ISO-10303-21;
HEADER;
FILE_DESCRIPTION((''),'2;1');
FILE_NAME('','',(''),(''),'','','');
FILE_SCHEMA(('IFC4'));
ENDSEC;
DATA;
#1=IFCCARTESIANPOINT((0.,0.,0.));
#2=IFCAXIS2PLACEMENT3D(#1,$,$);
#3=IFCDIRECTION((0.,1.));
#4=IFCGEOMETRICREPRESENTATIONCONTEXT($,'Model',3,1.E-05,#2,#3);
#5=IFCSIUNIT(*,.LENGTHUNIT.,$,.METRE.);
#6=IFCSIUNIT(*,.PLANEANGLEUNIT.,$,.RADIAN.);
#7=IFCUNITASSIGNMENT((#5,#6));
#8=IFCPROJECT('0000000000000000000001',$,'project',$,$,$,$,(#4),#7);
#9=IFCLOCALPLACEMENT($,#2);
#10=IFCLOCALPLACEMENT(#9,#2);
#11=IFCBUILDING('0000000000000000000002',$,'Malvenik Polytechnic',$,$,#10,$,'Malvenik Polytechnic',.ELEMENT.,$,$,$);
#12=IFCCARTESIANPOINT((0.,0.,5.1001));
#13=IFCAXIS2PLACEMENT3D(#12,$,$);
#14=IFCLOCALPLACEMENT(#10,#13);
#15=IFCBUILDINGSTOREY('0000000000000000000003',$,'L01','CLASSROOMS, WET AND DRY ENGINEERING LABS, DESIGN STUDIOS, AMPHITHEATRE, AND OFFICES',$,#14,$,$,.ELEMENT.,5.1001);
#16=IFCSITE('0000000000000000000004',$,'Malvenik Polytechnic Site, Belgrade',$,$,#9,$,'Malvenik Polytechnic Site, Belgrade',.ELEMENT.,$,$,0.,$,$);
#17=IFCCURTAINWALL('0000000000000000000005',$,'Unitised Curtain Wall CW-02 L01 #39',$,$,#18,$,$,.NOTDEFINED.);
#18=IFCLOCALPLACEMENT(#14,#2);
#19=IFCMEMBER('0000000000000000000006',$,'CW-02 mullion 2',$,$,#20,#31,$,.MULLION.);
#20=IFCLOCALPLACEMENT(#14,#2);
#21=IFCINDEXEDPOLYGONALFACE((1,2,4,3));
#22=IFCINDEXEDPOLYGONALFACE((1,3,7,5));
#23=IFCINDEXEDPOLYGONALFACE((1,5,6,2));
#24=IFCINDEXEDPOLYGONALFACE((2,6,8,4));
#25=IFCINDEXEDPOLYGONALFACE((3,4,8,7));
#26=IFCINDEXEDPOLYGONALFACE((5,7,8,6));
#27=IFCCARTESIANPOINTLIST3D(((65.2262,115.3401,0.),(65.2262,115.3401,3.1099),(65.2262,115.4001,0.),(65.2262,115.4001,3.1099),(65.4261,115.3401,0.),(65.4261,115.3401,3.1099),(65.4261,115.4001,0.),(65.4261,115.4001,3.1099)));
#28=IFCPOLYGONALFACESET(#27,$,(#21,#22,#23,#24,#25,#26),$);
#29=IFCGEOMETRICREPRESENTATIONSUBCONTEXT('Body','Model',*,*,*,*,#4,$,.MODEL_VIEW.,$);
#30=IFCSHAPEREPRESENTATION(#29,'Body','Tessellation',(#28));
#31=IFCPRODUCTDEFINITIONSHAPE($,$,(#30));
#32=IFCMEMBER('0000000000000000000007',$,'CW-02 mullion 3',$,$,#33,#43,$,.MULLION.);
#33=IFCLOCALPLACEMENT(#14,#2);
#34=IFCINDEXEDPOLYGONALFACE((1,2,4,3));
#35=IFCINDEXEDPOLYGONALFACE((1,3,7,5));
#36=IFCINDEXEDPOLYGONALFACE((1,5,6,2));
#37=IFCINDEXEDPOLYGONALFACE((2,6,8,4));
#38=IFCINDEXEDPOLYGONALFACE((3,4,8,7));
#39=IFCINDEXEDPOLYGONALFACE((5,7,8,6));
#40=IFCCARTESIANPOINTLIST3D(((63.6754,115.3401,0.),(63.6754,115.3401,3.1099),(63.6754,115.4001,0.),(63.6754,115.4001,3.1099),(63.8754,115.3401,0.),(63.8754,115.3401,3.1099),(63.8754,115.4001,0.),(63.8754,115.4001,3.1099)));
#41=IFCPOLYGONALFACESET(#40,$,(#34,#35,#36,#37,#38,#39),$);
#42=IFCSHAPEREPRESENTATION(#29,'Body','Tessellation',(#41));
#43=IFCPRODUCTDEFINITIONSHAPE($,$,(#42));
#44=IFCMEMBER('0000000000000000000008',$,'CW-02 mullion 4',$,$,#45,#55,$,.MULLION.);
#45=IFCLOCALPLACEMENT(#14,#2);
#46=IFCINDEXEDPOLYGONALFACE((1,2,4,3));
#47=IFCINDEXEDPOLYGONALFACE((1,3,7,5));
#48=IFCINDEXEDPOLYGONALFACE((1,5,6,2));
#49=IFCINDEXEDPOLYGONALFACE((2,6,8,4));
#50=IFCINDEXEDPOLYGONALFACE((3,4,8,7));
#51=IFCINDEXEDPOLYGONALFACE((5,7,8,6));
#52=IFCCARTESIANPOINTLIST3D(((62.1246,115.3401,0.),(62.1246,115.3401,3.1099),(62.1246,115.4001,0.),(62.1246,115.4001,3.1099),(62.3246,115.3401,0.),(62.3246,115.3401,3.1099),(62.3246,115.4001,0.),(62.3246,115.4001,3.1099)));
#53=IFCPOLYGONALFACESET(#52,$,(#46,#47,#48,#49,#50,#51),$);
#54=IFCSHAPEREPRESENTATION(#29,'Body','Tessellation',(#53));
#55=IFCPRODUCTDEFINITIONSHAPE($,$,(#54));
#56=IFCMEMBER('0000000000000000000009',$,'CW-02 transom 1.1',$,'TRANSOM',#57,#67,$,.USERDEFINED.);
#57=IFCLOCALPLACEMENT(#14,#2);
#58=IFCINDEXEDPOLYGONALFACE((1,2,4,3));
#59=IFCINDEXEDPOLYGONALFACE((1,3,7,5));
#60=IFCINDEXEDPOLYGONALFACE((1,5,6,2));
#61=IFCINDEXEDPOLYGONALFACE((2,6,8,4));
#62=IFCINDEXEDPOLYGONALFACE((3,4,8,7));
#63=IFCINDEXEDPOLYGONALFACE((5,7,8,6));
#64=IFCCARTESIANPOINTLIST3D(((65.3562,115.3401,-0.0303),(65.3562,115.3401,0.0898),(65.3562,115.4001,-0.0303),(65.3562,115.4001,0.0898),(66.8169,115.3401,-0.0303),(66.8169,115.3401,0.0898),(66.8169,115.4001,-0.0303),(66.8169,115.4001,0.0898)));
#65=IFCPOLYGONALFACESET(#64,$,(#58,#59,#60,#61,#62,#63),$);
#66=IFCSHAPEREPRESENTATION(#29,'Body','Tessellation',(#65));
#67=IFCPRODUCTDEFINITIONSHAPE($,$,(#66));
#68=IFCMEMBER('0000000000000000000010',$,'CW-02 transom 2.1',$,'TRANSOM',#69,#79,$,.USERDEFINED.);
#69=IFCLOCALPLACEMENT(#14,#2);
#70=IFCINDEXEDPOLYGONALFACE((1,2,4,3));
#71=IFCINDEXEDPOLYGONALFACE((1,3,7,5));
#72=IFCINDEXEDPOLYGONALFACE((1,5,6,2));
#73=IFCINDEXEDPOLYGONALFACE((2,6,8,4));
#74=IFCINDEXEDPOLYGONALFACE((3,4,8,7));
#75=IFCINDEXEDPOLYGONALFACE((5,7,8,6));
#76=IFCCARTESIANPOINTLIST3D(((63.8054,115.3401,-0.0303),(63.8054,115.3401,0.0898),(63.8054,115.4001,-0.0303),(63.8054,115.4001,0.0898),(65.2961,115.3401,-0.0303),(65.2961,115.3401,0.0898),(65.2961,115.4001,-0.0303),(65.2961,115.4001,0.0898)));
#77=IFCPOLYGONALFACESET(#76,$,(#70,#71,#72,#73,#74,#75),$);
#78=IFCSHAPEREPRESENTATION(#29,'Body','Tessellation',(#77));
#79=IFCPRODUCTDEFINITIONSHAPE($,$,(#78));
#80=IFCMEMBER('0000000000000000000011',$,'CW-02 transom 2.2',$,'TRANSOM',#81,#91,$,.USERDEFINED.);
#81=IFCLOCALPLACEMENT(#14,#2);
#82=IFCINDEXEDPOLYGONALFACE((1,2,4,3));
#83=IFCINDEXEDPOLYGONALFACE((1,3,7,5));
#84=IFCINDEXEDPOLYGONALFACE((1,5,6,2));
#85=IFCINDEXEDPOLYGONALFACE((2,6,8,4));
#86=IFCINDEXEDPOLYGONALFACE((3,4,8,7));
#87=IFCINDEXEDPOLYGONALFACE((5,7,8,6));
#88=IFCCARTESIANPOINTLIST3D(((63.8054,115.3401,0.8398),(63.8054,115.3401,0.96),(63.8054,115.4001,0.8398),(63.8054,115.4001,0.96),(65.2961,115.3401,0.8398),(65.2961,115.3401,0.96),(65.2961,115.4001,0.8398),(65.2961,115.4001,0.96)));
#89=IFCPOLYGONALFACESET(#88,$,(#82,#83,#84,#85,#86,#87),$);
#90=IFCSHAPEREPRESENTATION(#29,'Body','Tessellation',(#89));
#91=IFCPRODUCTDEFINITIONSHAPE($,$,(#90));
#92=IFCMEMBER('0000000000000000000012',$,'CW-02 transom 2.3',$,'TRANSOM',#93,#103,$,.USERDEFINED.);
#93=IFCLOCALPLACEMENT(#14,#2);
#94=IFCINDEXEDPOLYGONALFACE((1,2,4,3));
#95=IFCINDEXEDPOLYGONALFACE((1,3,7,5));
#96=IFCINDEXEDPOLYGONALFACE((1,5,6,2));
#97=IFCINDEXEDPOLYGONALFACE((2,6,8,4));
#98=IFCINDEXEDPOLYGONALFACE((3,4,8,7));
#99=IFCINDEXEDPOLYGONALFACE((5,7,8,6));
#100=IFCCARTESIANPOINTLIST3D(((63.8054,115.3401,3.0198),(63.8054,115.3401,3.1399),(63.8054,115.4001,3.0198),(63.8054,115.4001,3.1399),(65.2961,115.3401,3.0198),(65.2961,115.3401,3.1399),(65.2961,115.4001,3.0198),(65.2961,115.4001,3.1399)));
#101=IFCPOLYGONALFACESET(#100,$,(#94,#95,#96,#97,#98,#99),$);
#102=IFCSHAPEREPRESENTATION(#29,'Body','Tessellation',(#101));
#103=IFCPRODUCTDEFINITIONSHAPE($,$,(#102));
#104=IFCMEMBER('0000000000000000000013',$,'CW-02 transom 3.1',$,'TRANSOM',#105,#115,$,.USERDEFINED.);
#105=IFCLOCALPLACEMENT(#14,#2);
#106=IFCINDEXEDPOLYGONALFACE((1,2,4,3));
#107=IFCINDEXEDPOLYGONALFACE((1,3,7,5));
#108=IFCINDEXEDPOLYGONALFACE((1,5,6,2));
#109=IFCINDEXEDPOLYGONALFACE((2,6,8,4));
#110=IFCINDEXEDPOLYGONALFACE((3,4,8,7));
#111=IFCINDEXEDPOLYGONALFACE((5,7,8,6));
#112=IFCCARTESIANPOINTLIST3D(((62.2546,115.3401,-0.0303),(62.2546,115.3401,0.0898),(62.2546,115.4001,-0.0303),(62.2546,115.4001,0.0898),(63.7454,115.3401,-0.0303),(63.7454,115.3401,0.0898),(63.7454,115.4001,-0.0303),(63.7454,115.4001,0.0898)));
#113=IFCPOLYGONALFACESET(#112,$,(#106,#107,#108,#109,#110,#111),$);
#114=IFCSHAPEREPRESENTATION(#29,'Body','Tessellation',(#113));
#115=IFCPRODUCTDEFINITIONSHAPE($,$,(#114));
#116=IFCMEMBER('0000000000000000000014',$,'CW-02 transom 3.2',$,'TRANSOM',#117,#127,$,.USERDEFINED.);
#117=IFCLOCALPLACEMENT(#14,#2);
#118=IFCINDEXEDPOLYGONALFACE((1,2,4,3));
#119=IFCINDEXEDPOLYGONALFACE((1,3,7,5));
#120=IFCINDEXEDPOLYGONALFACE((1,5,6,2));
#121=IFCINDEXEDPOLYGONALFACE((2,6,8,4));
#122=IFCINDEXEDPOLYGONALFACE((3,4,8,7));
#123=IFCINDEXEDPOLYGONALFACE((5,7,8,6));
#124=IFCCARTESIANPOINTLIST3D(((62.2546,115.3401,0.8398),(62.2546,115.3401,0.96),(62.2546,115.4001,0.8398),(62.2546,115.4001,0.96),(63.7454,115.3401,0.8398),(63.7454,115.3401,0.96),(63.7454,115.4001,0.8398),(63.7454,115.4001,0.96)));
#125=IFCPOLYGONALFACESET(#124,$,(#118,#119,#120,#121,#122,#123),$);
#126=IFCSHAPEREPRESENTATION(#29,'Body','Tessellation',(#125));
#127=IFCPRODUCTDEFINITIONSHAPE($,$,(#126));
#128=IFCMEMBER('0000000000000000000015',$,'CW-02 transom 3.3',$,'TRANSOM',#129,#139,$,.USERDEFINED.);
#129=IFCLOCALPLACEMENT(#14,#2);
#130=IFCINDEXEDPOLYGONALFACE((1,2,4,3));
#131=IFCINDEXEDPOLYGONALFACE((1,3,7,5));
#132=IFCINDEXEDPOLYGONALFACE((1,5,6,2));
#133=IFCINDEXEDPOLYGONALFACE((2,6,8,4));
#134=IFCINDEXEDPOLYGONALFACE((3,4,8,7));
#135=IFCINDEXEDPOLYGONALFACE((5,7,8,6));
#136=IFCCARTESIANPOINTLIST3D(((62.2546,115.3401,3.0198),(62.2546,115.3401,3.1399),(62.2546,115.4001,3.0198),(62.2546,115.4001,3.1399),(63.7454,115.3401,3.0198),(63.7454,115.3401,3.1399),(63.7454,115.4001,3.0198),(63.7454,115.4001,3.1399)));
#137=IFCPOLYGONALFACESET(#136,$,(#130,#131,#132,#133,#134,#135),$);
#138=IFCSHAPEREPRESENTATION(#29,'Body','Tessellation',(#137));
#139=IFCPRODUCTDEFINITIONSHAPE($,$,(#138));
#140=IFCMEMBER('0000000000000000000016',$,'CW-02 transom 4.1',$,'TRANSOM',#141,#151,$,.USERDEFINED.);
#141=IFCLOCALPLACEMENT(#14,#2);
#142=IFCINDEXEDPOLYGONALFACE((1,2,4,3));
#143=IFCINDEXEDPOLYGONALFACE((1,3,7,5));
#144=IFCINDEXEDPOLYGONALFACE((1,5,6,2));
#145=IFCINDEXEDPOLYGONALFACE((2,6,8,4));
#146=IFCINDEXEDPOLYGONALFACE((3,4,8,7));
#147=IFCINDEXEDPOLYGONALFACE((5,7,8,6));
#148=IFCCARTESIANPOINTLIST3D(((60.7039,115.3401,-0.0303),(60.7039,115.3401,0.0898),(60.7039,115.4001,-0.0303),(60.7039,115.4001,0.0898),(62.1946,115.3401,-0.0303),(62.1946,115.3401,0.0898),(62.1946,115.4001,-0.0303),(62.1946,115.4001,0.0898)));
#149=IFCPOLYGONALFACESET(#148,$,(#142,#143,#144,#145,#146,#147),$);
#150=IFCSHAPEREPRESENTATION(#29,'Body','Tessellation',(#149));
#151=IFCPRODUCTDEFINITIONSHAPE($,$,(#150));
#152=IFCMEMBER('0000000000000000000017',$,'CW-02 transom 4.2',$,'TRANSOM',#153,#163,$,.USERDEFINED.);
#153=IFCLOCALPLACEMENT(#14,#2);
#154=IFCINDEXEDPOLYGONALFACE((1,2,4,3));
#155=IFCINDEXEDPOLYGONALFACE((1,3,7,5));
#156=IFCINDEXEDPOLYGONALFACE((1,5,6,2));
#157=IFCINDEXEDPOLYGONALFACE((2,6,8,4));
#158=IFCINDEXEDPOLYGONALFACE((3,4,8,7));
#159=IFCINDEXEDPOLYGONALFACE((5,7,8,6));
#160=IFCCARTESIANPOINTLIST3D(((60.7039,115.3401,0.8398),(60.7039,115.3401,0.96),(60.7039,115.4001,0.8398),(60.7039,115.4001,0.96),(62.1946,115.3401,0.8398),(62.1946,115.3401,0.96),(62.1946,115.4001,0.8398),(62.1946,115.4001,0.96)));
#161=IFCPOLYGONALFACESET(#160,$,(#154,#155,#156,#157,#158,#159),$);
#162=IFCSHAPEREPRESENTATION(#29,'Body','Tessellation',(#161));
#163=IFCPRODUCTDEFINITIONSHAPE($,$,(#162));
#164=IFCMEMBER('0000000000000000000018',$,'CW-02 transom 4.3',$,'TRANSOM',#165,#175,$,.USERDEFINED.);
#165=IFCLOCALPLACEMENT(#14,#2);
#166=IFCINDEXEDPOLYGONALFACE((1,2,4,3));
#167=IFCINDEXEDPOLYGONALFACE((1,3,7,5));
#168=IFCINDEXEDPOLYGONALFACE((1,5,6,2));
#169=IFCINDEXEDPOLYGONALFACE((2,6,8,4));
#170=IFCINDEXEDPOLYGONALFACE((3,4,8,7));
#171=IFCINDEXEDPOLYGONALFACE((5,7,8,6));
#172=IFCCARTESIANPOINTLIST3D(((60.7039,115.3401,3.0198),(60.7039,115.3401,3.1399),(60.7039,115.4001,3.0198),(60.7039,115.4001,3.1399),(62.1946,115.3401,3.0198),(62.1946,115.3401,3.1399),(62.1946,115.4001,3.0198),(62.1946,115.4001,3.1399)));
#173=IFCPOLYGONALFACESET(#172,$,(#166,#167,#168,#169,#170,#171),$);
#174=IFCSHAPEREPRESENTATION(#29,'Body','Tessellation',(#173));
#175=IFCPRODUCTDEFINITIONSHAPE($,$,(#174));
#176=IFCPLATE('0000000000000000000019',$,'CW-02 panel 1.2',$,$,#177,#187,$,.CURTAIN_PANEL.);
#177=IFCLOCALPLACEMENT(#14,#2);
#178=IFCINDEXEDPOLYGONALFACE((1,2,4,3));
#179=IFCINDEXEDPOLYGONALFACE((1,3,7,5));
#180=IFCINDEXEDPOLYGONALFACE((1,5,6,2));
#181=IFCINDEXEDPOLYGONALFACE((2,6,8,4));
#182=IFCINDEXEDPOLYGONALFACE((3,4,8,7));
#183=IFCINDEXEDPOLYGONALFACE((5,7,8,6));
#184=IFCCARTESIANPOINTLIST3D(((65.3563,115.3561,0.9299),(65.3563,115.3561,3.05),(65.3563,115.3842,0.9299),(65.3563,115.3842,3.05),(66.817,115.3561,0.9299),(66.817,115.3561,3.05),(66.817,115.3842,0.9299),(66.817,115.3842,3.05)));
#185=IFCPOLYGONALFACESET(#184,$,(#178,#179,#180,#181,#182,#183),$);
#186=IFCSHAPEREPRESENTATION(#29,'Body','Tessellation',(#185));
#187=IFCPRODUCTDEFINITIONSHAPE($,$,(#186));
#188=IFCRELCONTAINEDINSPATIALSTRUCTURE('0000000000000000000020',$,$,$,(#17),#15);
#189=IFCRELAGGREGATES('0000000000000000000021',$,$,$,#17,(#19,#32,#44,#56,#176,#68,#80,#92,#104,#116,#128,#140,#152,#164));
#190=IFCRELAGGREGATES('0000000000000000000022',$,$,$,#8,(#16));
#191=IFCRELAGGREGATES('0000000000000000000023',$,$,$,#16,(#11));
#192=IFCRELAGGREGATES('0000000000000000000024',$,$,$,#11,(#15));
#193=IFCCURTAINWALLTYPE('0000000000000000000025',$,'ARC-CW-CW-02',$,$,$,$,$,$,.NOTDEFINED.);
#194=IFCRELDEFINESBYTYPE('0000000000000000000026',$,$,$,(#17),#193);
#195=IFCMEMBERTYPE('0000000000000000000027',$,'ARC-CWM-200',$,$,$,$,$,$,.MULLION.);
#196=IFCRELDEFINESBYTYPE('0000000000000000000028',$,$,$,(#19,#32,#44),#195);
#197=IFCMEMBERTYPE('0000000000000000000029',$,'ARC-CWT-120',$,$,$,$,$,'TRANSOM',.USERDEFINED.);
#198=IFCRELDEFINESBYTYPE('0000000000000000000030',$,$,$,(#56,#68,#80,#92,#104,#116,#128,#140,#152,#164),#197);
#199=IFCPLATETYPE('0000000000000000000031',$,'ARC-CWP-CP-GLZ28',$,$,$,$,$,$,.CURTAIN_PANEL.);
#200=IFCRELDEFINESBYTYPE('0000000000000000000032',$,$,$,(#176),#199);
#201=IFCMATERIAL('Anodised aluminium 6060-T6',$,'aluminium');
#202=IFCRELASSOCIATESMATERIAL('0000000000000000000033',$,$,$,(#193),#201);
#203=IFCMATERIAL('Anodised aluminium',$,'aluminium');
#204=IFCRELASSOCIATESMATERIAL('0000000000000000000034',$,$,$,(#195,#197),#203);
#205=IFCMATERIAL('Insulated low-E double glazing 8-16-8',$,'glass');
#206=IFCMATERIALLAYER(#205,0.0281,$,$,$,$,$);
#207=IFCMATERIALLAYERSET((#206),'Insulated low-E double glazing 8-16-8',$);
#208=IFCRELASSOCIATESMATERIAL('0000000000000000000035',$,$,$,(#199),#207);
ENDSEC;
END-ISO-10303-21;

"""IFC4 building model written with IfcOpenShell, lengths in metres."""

from ifc_helpers import new_model, si_unit, direction, frame, origin, origin_2d, place, context, subcontext, project, spatial, rectangle, extrude, material, layer, layer_set, material_profile, profile_set, type_object, element, aggregate, save


model = new_model("IFC4")

# Units and contexts
model_context = context("Model", 3, precision=1e-05, world=origin(), true_north=direction((0.0, 1.0)))
body_context = subcontext(model_context, "Body", "Model", "MODEL_VIEW")
ifc_project = project(units=[si_unit("LENGTHUNIT", "METRE"), si_unit("PLANEANGLEUNIT", "RADIAN")], contexts=[model_context])

# Site, building, storey
site_placement = place(None, origin())
site = spatial("IfcSite", under=ifc_project, at=site_placement, Name="Malvenik Polytechnic Site, Belgrade", LongName="Malvenik Polytechnic Site, Belgrade", CompositionType="ELEMENT", RefElevation=0.0)
building_placement = place(site_placement, origin())
building = spatial("IfcBuilding", under=site, at=building_placement, Name="Malvenik Polytechnic", LongName="Malvenik Polytechnic", CompositionType="ELEMENT")
storey_placement = place(building_placement, frame((0.0, 0.0, 5.1001)))
storey = spatial("IfcBuildingStorey", under=building, at=storey_placement, Name="L01", Description="CLASSROOMS, WET AND DRY ENGINEERING LABS, DESIGN STUDIOS, AMPHITHEATRE, AND OFFICES", CompositionType="ELEMENT", Elevation=5.1001)

# Curtain wall, members, plate
ifc_material_1 = material(Name="Anodised aluminium 6060-T6", Category="aluminium")
curtain_wall_type = type_object("IfcCurtainWallType", Name="ARC-CW-CW-02", PredefinedType="NOTDEFINED", material=ifc_material_1)
curtain_wall_placement = place(storey_placement, origin())
curtain_wall = element("IfcCurtainWall", 1, at=curtain_wall_placement, inside=storey, type_object=curtain_wall_type, Name="Unitised Curtain Wall CW-02 L01 #39", PredefinedType="NOTDEFINED")
ifc_material_2 = material(Name="Anodised aluminium", Category="aluminium")
ifc_material_profile_1 = material_profile(ifc_material_2, rectangle(XDim=0.0601, YDim=0.2, at=origin_2d()), Name="ALU MULLION 60x200")
ifc_profile_set_1 = profile_set([ifc_material_profile_1], Name="Anodised aluminium")
member_type_1 = type_object("IfcMemberType", Name="ARC-CWM-200", PredefinedType="MULLION", material=ifc_profile_set_1)
member_1_placement = place(storey_placement, frame((65.3262, 115.3701, 0.0), z_axis=(0.0, 0.0, 1.0), x_axis=(0.0, -1.0, 0.0)))
member_1 = element("IfcMember", 2, at=member_1_placement, type_object=member_type_1, Name="CW-02 mullion 2", PredefinedType="MULLION", context=body_context, shape_type="SweptSolid", body=[
    extrude(rectangle(XDim=0.0601, YDim=0.2, at=origin_2d()), origin(), (0.0, 0.0, 1.0), 3.1099),
])
member_2_placement = place(storey_placement, frame((63.7754, 115.3701, 0.0), z_axis=(0.0, 0.0, 1.0), x_axis=(0.0, -1.0, 0.0)))
member_2 = element("IfcMember", 3, at=member_2_placement, type_object=member_type_1, Name="CW-02 mullion 3", PredefinedType="MULLION", context=body_context, shape_type="SweptSolid", body=[
    extrude(rectangle(XDim=0.0601, YDim=0.2, at=origin_2d()), origin(), (0.0, 0.0, 1.0), 3.1099),
])
member_3_placement = place(storey_placement, frame((62.2246, 115.3701, 0.0), z_axis=(0.0, 0.0, 1.0), x_axis=(0.0, -1.0, 0.0)))
member_3 = element("IfcMember", 4, at=member_3_placement, type_object=member_type_1, Name="CW-02 mullion 4", PredefinedType="MULLION", context=body_context, shape_type="SweptSolid", body=[
    extrude(rectangle(XDim=0.0601, YDim=0.2, at=origin_2d()), origin(), (0.0, 0.0, 1.0), 3.1099),
])
ifc_material_profile_2 = material_profile(ifc_material_2, rectangle(XDim=0.0601, YDim=0.1201, at=origin_2d()), Name="ALU TRANSOM 60x120")
ifc_profile_set_2 = profile_set([ifc_material_profile_2], Name="Anodised aluminium")
member_type_2 = type_object("IfcMemberType", Name="ARC-CWT-120", ElementType="TRANSOM", PredefinedType="USERDEFINED", material=ifc_profile_set_2)
member_4_placement = place(storey_placement, frame((66.8169, 115.3701, 0.0298), z_axis=(-1.0, 0.0, 0.0), x_axis=(0.0, -1.0, 0.0)))
member_4 = element("IfcMember", 5, at=member_4_placement, type_object=member_type_2, Name="CW-02 transom 1.1", ObjectType="TRANSOM", PredefinedType="USERDEFINED", context=body_context, shape_type="SweptSolid", body=[
    extrude(rectangle(XDim=0.0601, YDim=0.1201, at=origin_2d()), origin(), (0.0, 0.0, 1.0), 1.4607),
])
member_5_placement = place(storey_placement, frame((65.2961, 115.3701, 0.0298), z_axis=(-1.0, 0.0, 0.0), x_axis=(0.0, -1.0, 0.0)))
member_5 = element("IfcMember", 6, at=member_5_placement, type_object=member_type_2, Name="CW-02 transom 2.1", ObjectType="TRANSOM", PredefinedType="USERDEFINED", context=body_context, shape_type="SweptSolid", body=[
    extrude(rectangle(XDim=0.0601, YDim=0.1201, at=origin_2d()), origin(), (0.0, 0.0, 1.0), 1.4907),
])
member_6_placement = place(storey_placement, frame((65.2961, 115.3701, 0.8999), z_axis=(-1.0, 0.0, 0.0), x_axis=(0.0, -1.0, 0.0)))
member_6 = element("IfcMember", 7, at=member_6_placement, type_object=member_type_2, Name="CW-02 transom 2.2", ObjectType="TRANSOM", PredefinedType="USERDEFINED", context=body_context, shape_type="SweptSolid", body=[
    extrude(rectangle(XDim=0.0601, YDim=0.1201, at=origin_2d()), origin(), (0.0, 0.0, 1.0), 1.4907),
])
member_7_placement = place(storey_placement, frame((65.2961, 115.3701, 3.0798), z_axis=(-1.0, 0.0, 0.0), x_axis=(0.0, -1.0, 0.0)))
member_7 = element("IfcMember", 8, at=member_7_placement, type_object=member_type_2, Name="CW-02 transom 2.3", ObjectType="TRANSOM", PredefinedType="USERDEFINED", context=body_context, shape_type="SweptSolid", body=[
    extrude(rectangle(XDim=0.0601, YDim=0.1201, at=origin_2d()), origin(), (0.0, 0.0, 1.0), 1.4907),
])
member_8_placement = place(storey_placement, frame((63.7454, 115.3701, 0.0298), z_axis=(-1.0, 0.0, 0.0), x_axis=(0.0, -1.0, 0.0)))
member_8 = element("IfcMember", 9, at=member_8_placement, type_object=member_type_2, Name="CW-02 transom 3.1", ObjectType="TRANSOM", PredefinedType="USERDEFINED", context=body_context, shape_type="SweptSolid", body=[
    extrude(rectangle(XDim=0.0601, YDim=0.1201, at=origin_2d()), origin(), (0.0, 0.0, 1.0), 1.4907),
])
member_9_placement = place(storey_placement, frame((63.7454, 115.3701, 0.8999), z_axis=(-1.0, 0.0, 0.0), x_axis=(0.0, -1.0, 0.0)))
member_9 = element("IfcMember", 10, at=member_9_placement, type_object=member_type_2, Name="CW-02 transom 3.2", ObjectType="TRANSOM", PredefinedType="USERDEFINED", context=body_context, shape_type="SweptSolid", body=[
    extrude(rectangle(XDim=0.0601, YDim=0.1201, at=origin_2d()), origin(), (0.0, 0.0, 1.0), 1.4907),
])
member_10_placement = place(storey_placement, frame((63.7454, 115.3701, 3.0798), z_axis=(-1.0, 0.0, 0.0), x_axis=(0.0, -1.0, 0.0)))
member_10 = element("IfcMember", 11, at=member_10_placement, type_object=member_type_2, Name="CW-02 transom 3.3", ObjectType="TRANSOM", PredefinedType="USERDEFINED", context=body_context, shape_type="SweptSolid", body=[
    extrude(rectangle(XDim=0.0601, YDim=0.1201, at=origin_2d()), origin(), (0.0, 0.0, 1.0), 1.4907),
])
member_11_placement = place(storey_placement, frame((62.1946, 115.3701, 0.0298), z_axis=(-1.0, 0.0, 0.0), x_axis=(0.0, -1.0, 0.0)))
member_11 = element("IfcMember", 12, at=member_11_placement, type_object=member_type_2, Name="CW-02 transom 4.1", ObjectType="TRANSOM", PredefinedType="USERDEFINED", context=body_context, shape_type="SweptSolid", body=[
    extrude(rectangle(XDim=0.0601, YDim=0.1201, at=origin_2d()), origin(), (0.0, 0.0, 1.0), 1.4907),
])
member_12_placement = place(storey_placement, frame((62.1946, 115.3701, 0.8999), z_axis=(-1.0, 0.0, 0.0), x_axis=(0.0, -1.0, 0.0)))
member_12 = element("IfcMember", 13, at=member_12_placement, type_object=member_type_2, Name="CW-02 transom 4.2", ObjectType="TRANSOM", PredefinedType="USERDEFINED", context=body_context, shape_type="SweptSolid", body=[
    extrude(rectangle(XDim=0.0601, YDim=0.1201, at=origin_2d()), origin(), (0.0, 0.0, 1.0), 1.4907),
])
member_13_placement = place(storey_placement, frame((62.1946, 115.3701, 3.0798), z_axis=(-1.0, 0.0, 0.0), x_axis=(0.0, -1.0, 0.0)))
member_13 = element("IfcMember", 14, at=member_13_placement, type_object=member_type_2, Name="CW-02 transom 4.3", ObjectType="TRANSOM", PredefinedType="USERDEFINED", context=body_context, shape_type="SweptSolid", body=[
    extrude(rectangle(XDim=0.0601, YDim=0.1201, at=origin_2d()), origin(), (0.0, 0.0, 1.0), 1.4907),
])
ifc_material_3 = material(Name="Insulated low-E double glazing 8-16-8", Category="glass")
ifc_layer_1 = layer(ifc_material_3, 0.0281)
ifc_layer_set_1 = layer_set([ifc_layer_1], Name="Insulated low-E double glazing 8-16-8")
plate_type_1 = type_object("IfcPlateType", Name="ARC-CWP-CP-GLZ28", PredefinedType="CURTAIN_PANEL", material=ifc_layer_set_1)
plate_1_placement = place(storey_placement, frame((66.0867, 115.3701, 0.9299), z_axis=(0.0, 0.0, 1.0), x_axis=(-1.0, 0.0, 0.0)))
plate_1 = element("IfcPlate", 15, at=plate_1_placement, type_object=plate_type_1, Name="CW-02 panel 1.2", PredefinedType="CURTAIN_PANEL", context=body_context, shape_type="SweptSolid", body=[
    extrude(rectangle(XDim=1.4607, YDim=0.0281, at=origin_2d()), origin(), (0.0, 0.0, 1.0), 2.1201),
])
aggregate(curtain_wall, [member_1, member_2, member_3, member_4, plate_1, member_5, member_6, member_7, member_8, member_9, member_10, member_11, member_12, member_13])

save(model, "model.ifc")
